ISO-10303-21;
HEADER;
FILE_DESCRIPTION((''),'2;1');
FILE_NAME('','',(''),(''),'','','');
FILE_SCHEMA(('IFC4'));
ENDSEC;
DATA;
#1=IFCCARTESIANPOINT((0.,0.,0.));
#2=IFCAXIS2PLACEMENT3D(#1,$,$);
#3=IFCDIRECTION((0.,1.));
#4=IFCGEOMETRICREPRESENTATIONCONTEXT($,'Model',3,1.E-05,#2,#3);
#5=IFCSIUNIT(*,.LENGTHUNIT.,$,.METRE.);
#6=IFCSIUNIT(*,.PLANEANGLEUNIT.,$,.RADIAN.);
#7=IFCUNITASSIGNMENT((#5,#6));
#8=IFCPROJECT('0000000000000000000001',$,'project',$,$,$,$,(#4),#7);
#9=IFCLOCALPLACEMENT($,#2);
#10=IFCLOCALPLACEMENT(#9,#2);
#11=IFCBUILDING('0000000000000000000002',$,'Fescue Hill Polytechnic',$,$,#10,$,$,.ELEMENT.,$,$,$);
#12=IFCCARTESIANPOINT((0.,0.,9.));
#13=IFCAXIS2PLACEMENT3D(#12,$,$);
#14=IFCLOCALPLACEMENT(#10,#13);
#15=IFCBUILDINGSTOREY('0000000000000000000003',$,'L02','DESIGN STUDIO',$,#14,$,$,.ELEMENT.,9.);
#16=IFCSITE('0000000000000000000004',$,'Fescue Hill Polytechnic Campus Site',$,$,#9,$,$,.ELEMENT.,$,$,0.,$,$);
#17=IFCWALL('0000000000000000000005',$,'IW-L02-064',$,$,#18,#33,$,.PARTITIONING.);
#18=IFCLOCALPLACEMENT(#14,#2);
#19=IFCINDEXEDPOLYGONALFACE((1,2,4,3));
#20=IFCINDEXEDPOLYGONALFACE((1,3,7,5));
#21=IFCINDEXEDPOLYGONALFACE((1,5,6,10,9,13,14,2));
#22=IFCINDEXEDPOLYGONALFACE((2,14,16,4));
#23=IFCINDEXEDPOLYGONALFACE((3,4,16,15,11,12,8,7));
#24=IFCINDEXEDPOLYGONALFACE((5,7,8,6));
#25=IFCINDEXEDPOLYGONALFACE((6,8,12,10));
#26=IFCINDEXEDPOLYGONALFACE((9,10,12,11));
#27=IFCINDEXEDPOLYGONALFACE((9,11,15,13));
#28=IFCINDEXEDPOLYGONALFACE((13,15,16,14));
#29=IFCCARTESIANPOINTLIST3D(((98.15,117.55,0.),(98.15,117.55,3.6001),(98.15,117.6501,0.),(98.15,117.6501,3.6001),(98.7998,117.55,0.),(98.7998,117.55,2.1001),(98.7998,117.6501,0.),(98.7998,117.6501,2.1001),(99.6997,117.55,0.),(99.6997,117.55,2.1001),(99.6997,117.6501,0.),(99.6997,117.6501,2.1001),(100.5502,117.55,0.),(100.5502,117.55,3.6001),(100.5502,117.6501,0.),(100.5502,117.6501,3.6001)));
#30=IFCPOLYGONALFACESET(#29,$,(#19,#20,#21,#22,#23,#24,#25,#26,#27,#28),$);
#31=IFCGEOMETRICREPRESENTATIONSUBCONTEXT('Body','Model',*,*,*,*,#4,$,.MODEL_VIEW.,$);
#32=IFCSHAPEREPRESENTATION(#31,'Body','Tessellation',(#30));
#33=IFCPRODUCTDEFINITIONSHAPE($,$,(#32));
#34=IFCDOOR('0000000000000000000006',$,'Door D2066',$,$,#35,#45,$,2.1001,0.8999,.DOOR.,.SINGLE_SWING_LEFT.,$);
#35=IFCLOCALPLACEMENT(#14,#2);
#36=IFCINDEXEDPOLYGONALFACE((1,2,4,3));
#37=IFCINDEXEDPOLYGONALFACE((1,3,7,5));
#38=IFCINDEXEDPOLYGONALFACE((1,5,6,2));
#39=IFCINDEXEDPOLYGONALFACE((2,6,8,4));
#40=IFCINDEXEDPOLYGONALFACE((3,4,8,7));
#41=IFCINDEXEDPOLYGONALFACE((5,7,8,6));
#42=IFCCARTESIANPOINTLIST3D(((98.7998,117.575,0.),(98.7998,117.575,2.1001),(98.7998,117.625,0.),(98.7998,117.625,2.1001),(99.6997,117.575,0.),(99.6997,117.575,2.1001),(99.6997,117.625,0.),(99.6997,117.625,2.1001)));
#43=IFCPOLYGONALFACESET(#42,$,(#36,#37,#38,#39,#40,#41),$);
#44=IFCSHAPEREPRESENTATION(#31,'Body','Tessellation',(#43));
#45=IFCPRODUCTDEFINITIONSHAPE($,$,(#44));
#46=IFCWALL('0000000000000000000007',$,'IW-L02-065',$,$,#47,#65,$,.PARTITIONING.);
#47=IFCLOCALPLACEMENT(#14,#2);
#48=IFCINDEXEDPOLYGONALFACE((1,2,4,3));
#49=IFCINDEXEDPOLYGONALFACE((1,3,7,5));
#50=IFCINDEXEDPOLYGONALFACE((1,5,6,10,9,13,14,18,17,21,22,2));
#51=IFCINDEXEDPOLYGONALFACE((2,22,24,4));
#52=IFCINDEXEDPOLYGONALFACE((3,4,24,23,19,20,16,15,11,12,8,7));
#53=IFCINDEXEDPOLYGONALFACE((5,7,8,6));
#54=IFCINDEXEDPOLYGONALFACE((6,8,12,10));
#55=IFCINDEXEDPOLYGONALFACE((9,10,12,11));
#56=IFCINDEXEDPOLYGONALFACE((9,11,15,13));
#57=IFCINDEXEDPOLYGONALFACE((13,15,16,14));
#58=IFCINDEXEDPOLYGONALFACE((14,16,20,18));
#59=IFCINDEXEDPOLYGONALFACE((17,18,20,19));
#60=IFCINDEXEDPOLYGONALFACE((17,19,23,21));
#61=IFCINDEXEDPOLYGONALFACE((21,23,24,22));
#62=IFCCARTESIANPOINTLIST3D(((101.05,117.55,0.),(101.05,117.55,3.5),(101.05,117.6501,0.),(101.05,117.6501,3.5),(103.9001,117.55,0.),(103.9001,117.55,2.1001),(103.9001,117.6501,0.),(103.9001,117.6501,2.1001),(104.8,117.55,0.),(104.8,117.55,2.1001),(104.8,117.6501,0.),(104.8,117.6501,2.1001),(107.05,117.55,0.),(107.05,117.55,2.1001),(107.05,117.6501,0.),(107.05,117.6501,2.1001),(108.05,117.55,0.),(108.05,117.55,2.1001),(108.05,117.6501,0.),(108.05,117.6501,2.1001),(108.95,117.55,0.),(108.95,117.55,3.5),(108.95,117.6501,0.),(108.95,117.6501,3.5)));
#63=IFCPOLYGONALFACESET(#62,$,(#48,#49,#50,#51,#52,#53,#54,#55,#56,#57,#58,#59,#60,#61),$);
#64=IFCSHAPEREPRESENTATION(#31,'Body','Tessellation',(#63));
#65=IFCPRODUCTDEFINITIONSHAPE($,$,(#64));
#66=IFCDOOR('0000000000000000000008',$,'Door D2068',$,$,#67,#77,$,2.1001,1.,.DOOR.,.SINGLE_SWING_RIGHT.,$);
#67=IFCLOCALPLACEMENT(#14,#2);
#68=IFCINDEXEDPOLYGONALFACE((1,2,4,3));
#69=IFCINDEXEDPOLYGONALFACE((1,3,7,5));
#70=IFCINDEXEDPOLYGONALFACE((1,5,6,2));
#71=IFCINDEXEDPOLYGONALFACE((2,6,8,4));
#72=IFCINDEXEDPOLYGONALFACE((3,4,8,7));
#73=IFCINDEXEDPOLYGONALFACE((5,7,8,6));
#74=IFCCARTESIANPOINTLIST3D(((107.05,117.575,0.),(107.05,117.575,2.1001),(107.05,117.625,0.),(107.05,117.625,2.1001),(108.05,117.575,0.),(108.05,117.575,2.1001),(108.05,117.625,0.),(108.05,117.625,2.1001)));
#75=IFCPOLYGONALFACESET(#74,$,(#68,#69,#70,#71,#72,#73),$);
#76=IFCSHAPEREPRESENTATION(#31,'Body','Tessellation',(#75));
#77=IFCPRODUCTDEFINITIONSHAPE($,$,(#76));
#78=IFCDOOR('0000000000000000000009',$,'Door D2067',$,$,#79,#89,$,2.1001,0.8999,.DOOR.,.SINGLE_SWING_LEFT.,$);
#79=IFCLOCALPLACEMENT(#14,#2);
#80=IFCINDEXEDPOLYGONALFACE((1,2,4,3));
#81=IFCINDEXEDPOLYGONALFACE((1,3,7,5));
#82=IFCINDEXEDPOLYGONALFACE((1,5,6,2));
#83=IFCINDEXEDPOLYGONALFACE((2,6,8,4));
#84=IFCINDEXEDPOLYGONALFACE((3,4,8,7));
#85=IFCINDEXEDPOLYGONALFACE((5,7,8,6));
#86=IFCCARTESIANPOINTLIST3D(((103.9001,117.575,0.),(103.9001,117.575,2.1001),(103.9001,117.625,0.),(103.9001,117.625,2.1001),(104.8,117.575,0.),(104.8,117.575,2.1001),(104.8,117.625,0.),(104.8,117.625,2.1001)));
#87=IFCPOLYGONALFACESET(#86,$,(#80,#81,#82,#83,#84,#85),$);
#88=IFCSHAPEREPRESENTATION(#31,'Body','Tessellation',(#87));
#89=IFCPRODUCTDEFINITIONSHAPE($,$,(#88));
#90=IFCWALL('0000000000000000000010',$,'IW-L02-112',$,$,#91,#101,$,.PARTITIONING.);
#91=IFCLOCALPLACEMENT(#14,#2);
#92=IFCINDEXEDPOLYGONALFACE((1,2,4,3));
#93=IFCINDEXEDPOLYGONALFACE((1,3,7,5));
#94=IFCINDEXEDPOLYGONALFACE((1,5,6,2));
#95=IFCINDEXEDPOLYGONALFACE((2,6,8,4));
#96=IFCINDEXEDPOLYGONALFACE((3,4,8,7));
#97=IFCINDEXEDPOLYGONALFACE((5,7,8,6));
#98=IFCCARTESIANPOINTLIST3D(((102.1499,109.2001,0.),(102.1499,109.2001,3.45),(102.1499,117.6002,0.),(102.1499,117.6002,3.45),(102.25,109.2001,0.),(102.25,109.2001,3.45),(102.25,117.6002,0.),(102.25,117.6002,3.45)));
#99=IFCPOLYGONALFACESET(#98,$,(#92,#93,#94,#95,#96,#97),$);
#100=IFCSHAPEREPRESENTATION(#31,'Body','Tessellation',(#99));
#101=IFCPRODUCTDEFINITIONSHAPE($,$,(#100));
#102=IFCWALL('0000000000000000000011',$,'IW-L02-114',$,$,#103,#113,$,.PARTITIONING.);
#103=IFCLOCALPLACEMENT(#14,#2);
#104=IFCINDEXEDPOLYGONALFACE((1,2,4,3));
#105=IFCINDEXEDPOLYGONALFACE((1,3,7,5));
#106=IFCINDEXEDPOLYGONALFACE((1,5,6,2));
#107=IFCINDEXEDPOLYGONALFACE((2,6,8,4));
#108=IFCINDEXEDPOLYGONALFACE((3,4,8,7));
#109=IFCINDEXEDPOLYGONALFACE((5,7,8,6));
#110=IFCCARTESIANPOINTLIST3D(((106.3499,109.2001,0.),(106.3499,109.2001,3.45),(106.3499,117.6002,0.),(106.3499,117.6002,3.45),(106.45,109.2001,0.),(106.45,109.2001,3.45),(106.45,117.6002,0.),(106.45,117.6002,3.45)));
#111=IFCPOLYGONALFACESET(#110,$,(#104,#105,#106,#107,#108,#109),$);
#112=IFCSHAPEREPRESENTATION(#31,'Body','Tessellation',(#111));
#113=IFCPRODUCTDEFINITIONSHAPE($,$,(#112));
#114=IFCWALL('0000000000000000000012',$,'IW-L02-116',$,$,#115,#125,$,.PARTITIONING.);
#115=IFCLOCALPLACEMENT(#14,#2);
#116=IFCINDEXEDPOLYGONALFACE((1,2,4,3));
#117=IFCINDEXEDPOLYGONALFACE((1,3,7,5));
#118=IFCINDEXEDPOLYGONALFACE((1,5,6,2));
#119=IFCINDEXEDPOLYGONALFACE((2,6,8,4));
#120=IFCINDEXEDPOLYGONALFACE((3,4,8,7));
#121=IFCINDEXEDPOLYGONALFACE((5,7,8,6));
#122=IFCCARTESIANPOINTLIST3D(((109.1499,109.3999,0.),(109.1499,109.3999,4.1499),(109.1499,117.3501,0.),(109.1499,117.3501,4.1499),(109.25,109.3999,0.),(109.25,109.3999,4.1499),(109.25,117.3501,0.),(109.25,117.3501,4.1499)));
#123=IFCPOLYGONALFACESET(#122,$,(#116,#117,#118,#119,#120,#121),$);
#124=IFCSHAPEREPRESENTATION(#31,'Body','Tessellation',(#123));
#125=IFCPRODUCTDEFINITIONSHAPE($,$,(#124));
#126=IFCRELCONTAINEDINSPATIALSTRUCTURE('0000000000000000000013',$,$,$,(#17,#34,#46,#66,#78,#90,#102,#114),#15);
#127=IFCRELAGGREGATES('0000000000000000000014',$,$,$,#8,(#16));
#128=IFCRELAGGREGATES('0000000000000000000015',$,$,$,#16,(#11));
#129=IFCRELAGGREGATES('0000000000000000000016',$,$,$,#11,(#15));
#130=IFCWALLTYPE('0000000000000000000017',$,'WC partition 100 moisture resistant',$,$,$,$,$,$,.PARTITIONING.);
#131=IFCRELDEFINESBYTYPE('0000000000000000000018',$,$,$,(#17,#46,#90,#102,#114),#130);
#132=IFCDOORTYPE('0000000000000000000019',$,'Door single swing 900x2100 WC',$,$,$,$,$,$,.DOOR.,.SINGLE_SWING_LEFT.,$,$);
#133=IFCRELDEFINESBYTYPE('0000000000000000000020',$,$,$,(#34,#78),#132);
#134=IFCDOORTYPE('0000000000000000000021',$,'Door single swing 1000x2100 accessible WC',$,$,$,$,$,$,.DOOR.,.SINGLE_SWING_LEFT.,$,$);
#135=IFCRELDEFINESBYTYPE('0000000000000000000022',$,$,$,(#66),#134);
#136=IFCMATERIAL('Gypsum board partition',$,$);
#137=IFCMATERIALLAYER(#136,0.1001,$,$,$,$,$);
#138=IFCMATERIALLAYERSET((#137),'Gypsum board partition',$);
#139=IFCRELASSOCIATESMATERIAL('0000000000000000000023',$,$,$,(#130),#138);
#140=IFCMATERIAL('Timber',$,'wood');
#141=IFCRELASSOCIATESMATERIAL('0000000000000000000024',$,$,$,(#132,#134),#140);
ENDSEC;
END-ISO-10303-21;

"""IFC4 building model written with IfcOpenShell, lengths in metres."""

from ifc_helpers import new_model, si_unit, direction, frame, frame_2d, origin, place, context, subcontext, project, spatial, rectangle, extrude, material, layer, layer_set, type_object, element, fill, save


model = new_model("IFC4")

# Units and contexts
model_context = context("Model", 3, precision=1e-05, world=origin(), true_north=direction((0.0, 1.0)))
body_context = subcontext(model_context, "Body", "Model", "MODEL_VIEW")
ifc_project = project(units=[si_unit("LENGTHUNIT", "METRE"), si_unit("PLANEANGLEUNIT", "RADIAN")], contexts=[model_context])

# Site, building, storey
site_placement = place(None, origin())
site = spatial("IfcSite", under=ifc_project, at=site_placement, Name="Fescue Hill Polytechnic Campus Site", CompositionType="ELEMENT", RefElevation=0.0)
building_placement = place(site_placement, origin())
building = spatial("IfcBuilding", under=site, at=building_placement, Name="Fescue Hill Polytechnic", CompositionType="ELEMENT")
storey_placement = place(building_placement, frame((0.0, 0.0, 9.0)))
storey = spatial("IfcBuildingStorey", under=building, at=storey_placement, Name="L02", Description="DESIGN STUDIO", CompositionType="ELEMENT", Elevation=9.0)

# Shared definitions
ifc_material_1 = material(Name="Gypsum board partition")
ifc_material_2 = material(Name="Timber", Category="wood")

# Wall, opening, door
ifc_layer_1 = layer(ifc_material_1, 0.1001)
ifc_layer_set_1 = layer_set([ifc_layer_1], Name="Gypsum board partition")
wall_type_1 = type_object("IfcWallType", Name="WC partition 100 moisture resistant", PredefinedType="PARTITIONING", material=ifc_layer_set_1)
wall_1_placement = place(storey_placement, frame((98.1499, 117.6001, 0.0), z_axis=(0.0, 0.0, 1.0), x_axis=(1.0, 0.0, 0.0)))
wall_1 = element("IfcWall", 1, at=wall_1_placement, inside=storey, type_object=wall_type_1, Name="IW-L02-064", PredefinedType="PARTITIONING", context=body_context, shape_type="SweptSolid", body=[
    extrude(rectangle(XDim=2.4001, YDim=0.1001, at=frame_2d((1.2002, 0.0))), origin(), (0.0, 0.0, 1.0), 3.6001),
])
opening_1_placement = place(wall_1_placement, frame((0.6499, 0.0, 0.0)))
opening_1 = element("IfcOpeningElement", 2, at=opening_1_placement, cuts=wall_1, PredefinedType="OPENING", context=body_context, shape_type="SweptSolid", body=[
    extrude(rectangle(XDim=0.8999, YDim=2.1001, at=frame_2d((0.45, 1.05))), frame((0.0, 0.0601, 0.0), z_axis=(0.0, -1.0, 0.0), x_axis=(1.0, 0.0, 0.0)), (0.0, 0.0, 1.0), 0.1201),
])
door_type_1 = type_object("IfcDoorType", Name="Door single swing 900x2100 WC", OperationType="SINGLE_SWING_LEFT", PredefinedType="DOOR", material=ifc_material_2)
door_1_placement = place(opening_1_placement, origin())
door_1 = element("IfcDoor", 3, at=door_1_placement, inside=storey, type_object=door_type_1, Name="Door D2066", OperationType="SINGLE_SWING_LEFT", OverallHeight=2.1001, OverallWidth=0.8999, PredefinedType="DOOR", context=body_context, shape_type="SweptSolid", body=[
    extrude(rectangle(XDim=0.8999, YDim=2.1001, at=frame_2d((0.45, 1.05))), frame((0.0, 0.0249, 0.0), z_axis=(0.0, -1.0, 0.0), x_axis=(1.0, 0.0, 0.0)), (0.0, 0.0, 1.0), 0.05),
])
fill(opening_1, door_1)

# Wall, openings, doors
wall_2_placement = place(storey_placement, frame((101.05, 117.6001, 0.0), z_axis=(0.0, 0.0, 1.0), x_axis=(1.0, 0.0, 0.0)))
wall_2 = element("IfcWall", 4, at=wall_2_placement, inside=storey, type_object=wall_type_1, Name="IW-L02-065", PredefinedType="PARTITIONING", context=body_context, shape_type="SweptSolid", body=[
    extrude(rectangle(XDim=7.8999, YDim=0.1001, at=frame_2d((3.95, 0.0))), origin(), (0.0, 0.0, 1.0), 3.5),
])
opening_2_placement = place(wall_2_placement, frame((2.8501, 0.0, 0.0)))
opening_2 = element("IfcOpeningElement", 5, at=opening_2_placement, cuts=wall_2, PredefinedType="OPENING", context=body_context, shape_type="SweptSolid", body=[
    extrude(rectangle(XDim=0.8999, YDim=2.1001, at=frame_2d((0.45, 1.05))), frame((0.0, 0.0601, 0.0), z_axis=(0.0, -1.0, 0.0), x_axis=(1.0, 0.0, 0.0)), (0.0, 0.0, 1.0), 0.1201),
])
opening_3_placement = place(wall_2_placement, frame((6.0, 0.0, 0.0)))
opening_3 = element("IfcOpeningElement", 6, at=opening_3_placement, cuts=wall_2, PredefinedType="OPENING", context=body_context, shape_type="SweptSolid", body=[
    extrude(rectangle(XDim=1.0, YDim=2.1001, at=frame_2d((0.5, 1.05))), frame((0.0, 0.0601, 0.0), z_axis=(0.0, -1.0, 0.0), x_axis=(1.0, 0.0, 0.0)), (0.0, 0.0, 1.0), 0.1201),
])
door_type_2 = type_object("IfcDoorType", Name="Door single swing 1000x2100 accessible WC", OperationType="SINGLE_SWING_LEFT", PredefinedType="DOOR", material=ifc_material_2)
door_2_placement = place(opening_3_placement, origin())
door_2 = element("IfcDoor", 7, at=door_2_placement, inside=storey, type_object=door_type_2, Name="Door D2068", OperationType="SINGLE_SWING_RIGHT", OverallHeight=2.1001, OverallWidth=1.0, PredefinedType="DOOR", context=body_context, shape_type="SweptSolid", body=[
    extrude(rectangle(XDim=1.0, YDim=2.1001, at=frame_2d((0.5, 1.05))), frame((0.0, 0.0249, 0.0), z_axis=(0.0, -1.0, 0.0), x_axis=(1.0, 0.0, 0.0)), (0.0, 0.0, 1.0), 0.05),
])
fill(opening_3, door_2)
door_3_placement = place(opening_2_placement, origin())
door_3 = element("IfcDoor", 8, at=door_3_placement, inside=storey, type_object=door_type_1, Name="Door D2067", OperationType="SINGLE_SWING_LEFT", OverallHeight=2.1001, OverallWidth=0.8999, PredefinedType="DOOR", context=body_context, shape_type="SweptSolid", body=[
    extrude(rectangle(XDim=0.8999, YDim=2.1001, at=frame_2d((0.45, 1.05))), frame((0.0, 0.0249, 0.0), z_axis=(0.0, -1.0, 0.0), x_axis=(1.0, 0.0, 0.0)), (0.0, 0.0, 1.0), 0.05),
])
fill(opening_2, door_3)

# Walls
for number, where, z_axis, x_axis, name in (
    (9, (102.2, 109.2, 0.0), (0.0, 0.0, 1.0), (0.0, 1.0, 0.0), "IW-L02-112"),
    (10, (106.3999, 109.2, 0.0), (0.0, 0.0, 1.0), (0.0, 1.0, 0.0), "IW-L02-114"),
):
    element("IfcWall", number, at=place(storey_placement, frame(where, z_axis=z_axis, x_axis=x_axis)), inside=storey, type_object=wall_type_1, Name=name, PredefinedType="PARTITIONING", context=body_context, shape_type="SweptSolid", body=[
        extrude(rectangle(XDim=8.4001, YDim=0.1001, at=frame_2d((4.2002, 0.0))), origin(), (0.0, 0.0, 1.0), 3.45),
    ])
wall_3_placement = place(storey_placement, frame((109.2, 109.3999, 0.0), z_axis=(0.0, 0.0, 1.0), x_axis=(0.0, 1.0, 0.0)))
element("IfcWall", 11, at=wall_3_placement, inside=storey, type_object=wall_type_1, Name="IW-L02-116", PredefinedType="PARTITIONING", context=body_context, shape_type="SweptSolid", body=[
    extrude(rectangle(XDim=7.9502, YDim=0.1001, at=frame_2d((3.9751, 0.0))), origin(), (0.0, 0.0, 1.0), 4.1499),
])

save(model, "model.ifc")
